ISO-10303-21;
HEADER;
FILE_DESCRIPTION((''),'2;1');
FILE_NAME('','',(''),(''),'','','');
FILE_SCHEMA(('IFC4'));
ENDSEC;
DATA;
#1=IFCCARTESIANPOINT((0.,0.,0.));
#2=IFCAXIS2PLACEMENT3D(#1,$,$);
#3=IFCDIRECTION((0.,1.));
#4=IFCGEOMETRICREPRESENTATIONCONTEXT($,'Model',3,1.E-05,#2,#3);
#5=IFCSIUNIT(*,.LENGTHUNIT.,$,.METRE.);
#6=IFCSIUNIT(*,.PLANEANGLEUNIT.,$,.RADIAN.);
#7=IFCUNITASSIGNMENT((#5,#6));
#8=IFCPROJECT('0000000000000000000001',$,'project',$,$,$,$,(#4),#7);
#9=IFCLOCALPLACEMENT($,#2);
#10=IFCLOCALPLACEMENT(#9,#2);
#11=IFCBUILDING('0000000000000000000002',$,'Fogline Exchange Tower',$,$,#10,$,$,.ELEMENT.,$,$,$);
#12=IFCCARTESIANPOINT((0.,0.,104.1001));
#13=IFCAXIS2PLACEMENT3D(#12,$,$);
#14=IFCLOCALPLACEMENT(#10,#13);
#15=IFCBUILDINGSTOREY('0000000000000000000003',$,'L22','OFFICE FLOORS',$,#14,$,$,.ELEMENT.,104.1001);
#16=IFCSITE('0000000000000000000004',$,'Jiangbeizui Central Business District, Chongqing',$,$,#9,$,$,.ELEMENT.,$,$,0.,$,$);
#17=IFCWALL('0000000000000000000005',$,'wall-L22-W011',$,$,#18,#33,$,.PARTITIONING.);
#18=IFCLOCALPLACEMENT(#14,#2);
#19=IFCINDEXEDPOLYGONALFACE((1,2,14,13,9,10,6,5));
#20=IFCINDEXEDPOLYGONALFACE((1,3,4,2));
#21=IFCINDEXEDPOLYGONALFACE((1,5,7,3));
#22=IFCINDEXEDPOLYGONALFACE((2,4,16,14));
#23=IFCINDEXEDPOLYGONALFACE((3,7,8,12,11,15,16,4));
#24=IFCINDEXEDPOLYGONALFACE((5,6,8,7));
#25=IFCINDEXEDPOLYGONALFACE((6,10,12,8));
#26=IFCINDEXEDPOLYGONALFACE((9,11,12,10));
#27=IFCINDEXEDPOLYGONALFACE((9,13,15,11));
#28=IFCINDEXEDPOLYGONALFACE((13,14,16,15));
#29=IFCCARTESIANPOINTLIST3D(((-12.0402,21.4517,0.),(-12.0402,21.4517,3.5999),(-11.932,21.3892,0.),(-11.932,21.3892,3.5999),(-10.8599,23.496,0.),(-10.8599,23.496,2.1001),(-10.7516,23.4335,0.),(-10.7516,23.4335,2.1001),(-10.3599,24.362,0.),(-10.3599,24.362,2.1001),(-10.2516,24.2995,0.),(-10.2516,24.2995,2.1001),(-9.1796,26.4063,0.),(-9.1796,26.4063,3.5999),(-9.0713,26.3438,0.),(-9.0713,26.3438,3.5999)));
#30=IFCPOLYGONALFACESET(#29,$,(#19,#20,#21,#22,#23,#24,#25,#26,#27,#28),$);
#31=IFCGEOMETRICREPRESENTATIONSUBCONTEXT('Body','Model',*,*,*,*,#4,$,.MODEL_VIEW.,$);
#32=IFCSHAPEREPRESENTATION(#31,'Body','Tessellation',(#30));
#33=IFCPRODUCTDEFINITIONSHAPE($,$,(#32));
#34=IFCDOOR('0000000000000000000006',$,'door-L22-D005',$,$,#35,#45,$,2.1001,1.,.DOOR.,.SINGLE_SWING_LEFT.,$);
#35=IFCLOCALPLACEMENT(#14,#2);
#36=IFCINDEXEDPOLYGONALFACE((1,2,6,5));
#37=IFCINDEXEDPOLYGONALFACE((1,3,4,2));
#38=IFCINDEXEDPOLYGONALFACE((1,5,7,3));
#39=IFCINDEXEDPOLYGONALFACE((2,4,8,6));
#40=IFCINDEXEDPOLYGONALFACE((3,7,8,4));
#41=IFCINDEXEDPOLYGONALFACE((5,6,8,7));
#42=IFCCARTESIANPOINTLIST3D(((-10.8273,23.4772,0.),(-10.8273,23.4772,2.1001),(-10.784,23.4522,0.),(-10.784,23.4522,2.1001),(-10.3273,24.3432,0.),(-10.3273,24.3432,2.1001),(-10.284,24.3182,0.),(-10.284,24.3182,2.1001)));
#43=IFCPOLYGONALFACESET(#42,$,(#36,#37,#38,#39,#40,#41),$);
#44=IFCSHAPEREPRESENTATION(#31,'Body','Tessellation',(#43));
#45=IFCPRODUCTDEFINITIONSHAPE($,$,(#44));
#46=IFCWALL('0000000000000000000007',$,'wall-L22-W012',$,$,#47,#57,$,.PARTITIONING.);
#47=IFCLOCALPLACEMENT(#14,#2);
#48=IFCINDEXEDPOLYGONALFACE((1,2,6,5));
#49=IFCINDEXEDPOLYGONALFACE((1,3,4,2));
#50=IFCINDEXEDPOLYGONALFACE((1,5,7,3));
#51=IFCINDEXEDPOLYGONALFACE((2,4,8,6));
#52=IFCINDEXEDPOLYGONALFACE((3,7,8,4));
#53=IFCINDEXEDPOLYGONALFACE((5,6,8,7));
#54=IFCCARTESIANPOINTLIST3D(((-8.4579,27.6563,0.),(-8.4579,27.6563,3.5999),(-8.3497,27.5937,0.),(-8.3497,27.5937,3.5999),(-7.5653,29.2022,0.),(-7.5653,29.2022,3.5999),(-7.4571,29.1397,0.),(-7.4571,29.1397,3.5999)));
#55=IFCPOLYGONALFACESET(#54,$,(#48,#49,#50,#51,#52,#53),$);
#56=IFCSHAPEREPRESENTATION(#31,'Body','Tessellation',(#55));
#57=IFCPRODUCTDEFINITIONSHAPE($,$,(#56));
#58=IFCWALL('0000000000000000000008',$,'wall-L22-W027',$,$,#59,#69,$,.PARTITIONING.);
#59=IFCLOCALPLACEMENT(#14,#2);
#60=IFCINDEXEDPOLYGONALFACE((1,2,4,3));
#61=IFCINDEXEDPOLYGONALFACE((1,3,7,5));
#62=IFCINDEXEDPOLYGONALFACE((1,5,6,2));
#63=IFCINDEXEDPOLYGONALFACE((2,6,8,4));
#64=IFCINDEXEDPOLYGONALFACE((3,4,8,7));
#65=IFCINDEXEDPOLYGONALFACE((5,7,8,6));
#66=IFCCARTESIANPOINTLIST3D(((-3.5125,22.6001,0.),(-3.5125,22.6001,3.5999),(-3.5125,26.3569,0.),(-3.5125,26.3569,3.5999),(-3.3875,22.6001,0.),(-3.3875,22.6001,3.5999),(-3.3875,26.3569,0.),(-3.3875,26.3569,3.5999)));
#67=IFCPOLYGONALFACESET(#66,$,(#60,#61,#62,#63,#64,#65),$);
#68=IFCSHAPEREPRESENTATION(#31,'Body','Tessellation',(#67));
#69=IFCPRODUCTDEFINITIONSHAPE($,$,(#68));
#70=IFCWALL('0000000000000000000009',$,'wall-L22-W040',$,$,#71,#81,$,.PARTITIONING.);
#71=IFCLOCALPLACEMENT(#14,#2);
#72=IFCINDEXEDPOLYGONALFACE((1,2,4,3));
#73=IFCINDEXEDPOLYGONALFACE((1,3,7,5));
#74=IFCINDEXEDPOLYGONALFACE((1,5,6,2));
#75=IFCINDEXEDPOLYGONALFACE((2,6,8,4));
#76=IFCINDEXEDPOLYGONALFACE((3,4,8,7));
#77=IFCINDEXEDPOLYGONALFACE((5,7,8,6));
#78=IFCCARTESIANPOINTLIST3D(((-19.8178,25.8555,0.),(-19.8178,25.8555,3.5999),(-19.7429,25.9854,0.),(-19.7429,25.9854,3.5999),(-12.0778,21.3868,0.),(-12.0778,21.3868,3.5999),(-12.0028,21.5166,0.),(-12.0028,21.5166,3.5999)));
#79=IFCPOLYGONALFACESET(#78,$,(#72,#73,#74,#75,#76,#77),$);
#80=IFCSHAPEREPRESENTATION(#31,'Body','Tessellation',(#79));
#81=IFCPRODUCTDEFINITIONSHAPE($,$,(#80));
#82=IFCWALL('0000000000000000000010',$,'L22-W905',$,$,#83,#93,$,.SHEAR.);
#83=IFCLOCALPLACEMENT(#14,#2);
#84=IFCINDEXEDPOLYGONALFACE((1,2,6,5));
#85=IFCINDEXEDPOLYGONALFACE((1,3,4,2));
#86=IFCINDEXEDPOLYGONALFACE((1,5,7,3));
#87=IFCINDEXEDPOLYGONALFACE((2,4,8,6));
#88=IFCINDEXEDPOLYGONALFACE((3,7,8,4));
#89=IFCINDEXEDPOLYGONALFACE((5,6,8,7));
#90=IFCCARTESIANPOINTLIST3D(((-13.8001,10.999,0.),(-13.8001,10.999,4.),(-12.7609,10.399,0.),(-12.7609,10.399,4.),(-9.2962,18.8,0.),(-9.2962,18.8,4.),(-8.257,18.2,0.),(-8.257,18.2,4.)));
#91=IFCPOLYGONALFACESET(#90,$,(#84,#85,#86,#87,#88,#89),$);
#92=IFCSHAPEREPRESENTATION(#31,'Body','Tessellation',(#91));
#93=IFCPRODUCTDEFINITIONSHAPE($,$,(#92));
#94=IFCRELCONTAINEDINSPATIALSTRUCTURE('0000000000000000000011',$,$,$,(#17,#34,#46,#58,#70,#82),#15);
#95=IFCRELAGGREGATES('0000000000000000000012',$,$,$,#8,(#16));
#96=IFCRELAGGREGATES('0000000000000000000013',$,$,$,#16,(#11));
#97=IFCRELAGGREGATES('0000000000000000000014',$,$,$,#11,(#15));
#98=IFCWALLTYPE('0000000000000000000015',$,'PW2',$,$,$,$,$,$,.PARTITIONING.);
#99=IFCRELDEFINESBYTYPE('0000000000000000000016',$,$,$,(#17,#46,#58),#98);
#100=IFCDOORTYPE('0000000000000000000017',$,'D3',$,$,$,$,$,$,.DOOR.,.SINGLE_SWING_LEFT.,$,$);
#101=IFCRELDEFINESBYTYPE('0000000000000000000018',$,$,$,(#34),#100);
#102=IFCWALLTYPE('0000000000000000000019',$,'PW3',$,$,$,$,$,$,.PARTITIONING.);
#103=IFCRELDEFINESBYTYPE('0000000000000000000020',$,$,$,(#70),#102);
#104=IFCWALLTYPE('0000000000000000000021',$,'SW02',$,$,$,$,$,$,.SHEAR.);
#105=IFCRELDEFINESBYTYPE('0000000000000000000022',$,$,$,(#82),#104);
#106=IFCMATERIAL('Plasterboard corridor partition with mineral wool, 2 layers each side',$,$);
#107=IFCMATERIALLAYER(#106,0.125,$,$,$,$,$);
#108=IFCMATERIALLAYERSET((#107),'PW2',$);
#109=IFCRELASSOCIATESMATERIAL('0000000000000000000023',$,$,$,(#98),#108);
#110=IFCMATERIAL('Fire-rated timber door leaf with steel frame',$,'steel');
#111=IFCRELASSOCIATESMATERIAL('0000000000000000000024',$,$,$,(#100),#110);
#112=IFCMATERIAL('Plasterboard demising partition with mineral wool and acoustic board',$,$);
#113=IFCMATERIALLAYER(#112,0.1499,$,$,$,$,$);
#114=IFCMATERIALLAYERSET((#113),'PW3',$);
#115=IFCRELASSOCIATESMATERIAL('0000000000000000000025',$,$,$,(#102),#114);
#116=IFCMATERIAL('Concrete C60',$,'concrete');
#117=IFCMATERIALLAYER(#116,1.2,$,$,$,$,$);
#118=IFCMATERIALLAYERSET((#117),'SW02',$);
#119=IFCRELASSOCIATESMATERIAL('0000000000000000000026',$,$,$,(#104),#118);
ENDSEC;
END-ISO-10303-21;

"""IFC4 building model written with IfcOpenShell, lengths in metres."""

from ifc_helpers import new_model, si_unit, direction, frame, frame_2d, origin, place, context, subcontext, project, spatial, rectangle, extrude, material, layer, layer_set, type_object, element, fill, save


model = new_model("IFC4")

# Units and contexts
model_context = context("Model", 3, precision=1e-05, world=origin(), true_north=direction((0.0, 1.0)))
body_context = subcontext(model_context, "Body", "Model", "MODEL_VIEW")
ifc_project = project(units=[si_unit("LENGTHUNIT", "METRE"), si_unit("PLANEANGLEUNIT", "RADIAN")], contexts=[model_context])

# Site, building, storey
site_placement = place(None, origin())
site = spatial("IfcSite", under=ifc_project, at=site_placement, Name="Jiangbeizui Central Business District, Chongqing", CompositionType="ELEMENT", RefElevation=0.0)
building_placement = place(site_placement, origin())
building = spatial("IfcBuilding", under=site, at=building_placement, Name="Fogline Exchange Tower", CompositionType="ELEMENT")
storey_placement = place(building_placement, frame((0.0, 0.0, 104.1001)))
storey = spatial("IfcBuildingStorey", under=building, at=storey_placement, Name="L22", Description="OFFICE FLOORS", CompositionType="ELEMENT", Elevation=104.1001)

# Shared definitions
ifc_material_1 = material(Name="Plasterboard corridor partition with mineral wool, 2 layers each side")
ifc_layer_1 = layer(ifc_material_1, 0.125)
ifc_layer_set_1 = layer_set([ifc_layer_1], Name="PW2")
wall_type_1 = type_object("IfcWallType", Name="PW2", PredefinedType="PARTITIONING", material=ifc_layer_set_1)

# Wall, opening, door
wall_1_placement = place(storey_placement, frame((-11.9861, 21.4204, 0.0), z_axis=(0.0, 0.0, 1.0), x_axis=(0.500008, 0.866021, 0.0)))
wall_1 = element("IfcWall", 1, at=wall_1_placement, inside=storey, type_object=wall_type_1, Name="wall-L22-W011", PredefinedType="PARTITIONING", context=body_context, shape_type="SweptSolid", body=[
    extrude(rectangle(XDim=5.7212, YDim=0.125, at=frame_2d((2.8606, 0.0))), origin(), (0.0, 0.0, 1.0), 3.5999),
])
opening_1_placement = place(wall_1_placement, frame((2.3606, 0.0, 0.0)))
opening_1 = element("IfcOpeningElement", 2, at=opening_1_placement, cuts=wall_1, PredefinedType="OPENING", context=body_context, shape_type="SweptSolid", body=[
    extrude(rectangle(XDim=1.0, YDim=2.1001, at=frame_2d((0.5, 1.05))), frame((0.0, 0.0725, 0.0), z_axis=(0.0, -1.0, 0.0), x_axis=(1.0, 0.0, 0.0)), (0.0, 0.0, 1.0), 0.145),
])
ifc_material_2 = material(Name="Fire-rated timber door leaf with steel frame", Category="steel")
door_type_1 = type_object("IfcDoorType", Name="D3", OperationType="SINGLE_SWING_LEFT", PredefinedType="DOOR", material=ifc_material_2)
door_1_placement = place(opening_1_placement, origin())
door_1 = element("IfcDoor", 3, at=door_1_placement, inside=storey, type_object=door_type_1, Name="door-L22-D005", OperationType="SINGLE_SWING_LEFT", OverallHeight=2.1001, OverallWidth=1.0, PredefinedType="DOOR", context=body_context, shape_type="SweptSolid", body=[
    extrude(rectangle(XDim=1.0, YDim=2.1001, at=frame_2d((0.5, 1.05))), frame((0.0, 0.0249, 0.0), z_axis=(0.0, -1.0, 0.0), x_axis=(1.0, 0.0, 0.0)), (0.0, 0.0, 1.0), 0.05),
])
fill(opening_1, door_1)

# Walls
wall_2_placement = place(storey_placement, frame((-8.4038, 27.625, 0.0), z_axis=(0.0, 0.0, 1.0), x_axis=(0.500022, 0.866012, 0.0)))
element("IfcWall", 4, at=wall_2_placement, inside=storey, type_object=wall_type_1, Name="wall-L22-W012", PredefinedType="PARTITIONING", context=body_context, shape_type="SweptSolid", body=[
    extrude(rectangle(XDim=1.7852, YDim=0.125, at=frame_2d((0.8926, 0.0))), origin(), (0.0, 0.0, 1.0), 3.5999),
])
wall_3_placement = place(storey_placement, frame((-3.45, 26.3569, 0.0), z_axis=(0.0, 0.0, 1.0), x_axis=(0.0, -1.0, 0.0)))
element("IfcWall", 5, at=wall_3_placement, inside=storey, type_object=wall_type_1, Name="wall-L22-W027", PredefinedType="PARTITIONING", context=body_context, shape_type="SweptSolid", body=[
    extrude(rectangle(XDim=3.7568, YDim=0.125, at=frame_2d((1.8784, 0.0))), origin(), (0.0, 0.0, 1.0), 3.5999),
])
ifc_material_3 = material(Name="Plasterboard demising partition with mineral wool and acoustic board")
ifc_layer_2 = layer(ifc_material_3, 0.1499)
ifc_layer_set_2 = layer_set([ifc_layer_2], Name="PW3")
wall_type_2 = type_object("IfcWallType", Name="PW3", PredefinedType="PARTITIONING", material=ifc_layer_set_2)
wall_4_placement = place(storey_placement, frame((-12.0403, 21.4517, 0.0), z_axis=(0.0, 0.0, 1.0), x_axis=(-0.866022, 0.500005, 0.0)))
element("IfcWall", 6, at=wall_4_placement, inside=storey, type_object=wall_type_2, Name="wall-L22-W040", PredefinedType="PARTITIONING", context=body_context, shape_type="SweptSolid", body=[
    extrude(rectangle(XDim=8.9375, YDim=0.1499, at=frame_2d((4.4688, 0.0))), origin(), (0.0, 0.0, 1.0), 3.5999),
])
ifc_material_4 = material(Name="Concrete C60", Category="concrete")
ifc_layer_3 = layer(ifc_material_4, 1.2)
ifc_layer_set_3 = layer_set([ifc_layer_3], Name="SW02")
wall_type_3 = type_object("IfcWallType", Name="SW02", PredefinedType="SHEAR", material=ifc_layer_set_3)
wall_5_placement = place(storey_placement, frame((-8.7766, 18.5, 0.0), z_axis=(0.0, 0.0, 1.0), x_axis=(-0.499999, -0.866026, 0.0)))
element("IfcWall", 7, at=wall_5_placement, inside=storey, type_object=wall_type_3, Name="L22-W905", PredefinedType="SHEAR", context=body_context, shape_type="SweptSolid", body=[
    extrude(rectangle(XDim=9.0078, YDim=1.2, at=frame_2d((4.5039, 0.0))), origin(), (0.0, 0.0, 1.0), 4.0),
])

save(model, "model.ifc")
